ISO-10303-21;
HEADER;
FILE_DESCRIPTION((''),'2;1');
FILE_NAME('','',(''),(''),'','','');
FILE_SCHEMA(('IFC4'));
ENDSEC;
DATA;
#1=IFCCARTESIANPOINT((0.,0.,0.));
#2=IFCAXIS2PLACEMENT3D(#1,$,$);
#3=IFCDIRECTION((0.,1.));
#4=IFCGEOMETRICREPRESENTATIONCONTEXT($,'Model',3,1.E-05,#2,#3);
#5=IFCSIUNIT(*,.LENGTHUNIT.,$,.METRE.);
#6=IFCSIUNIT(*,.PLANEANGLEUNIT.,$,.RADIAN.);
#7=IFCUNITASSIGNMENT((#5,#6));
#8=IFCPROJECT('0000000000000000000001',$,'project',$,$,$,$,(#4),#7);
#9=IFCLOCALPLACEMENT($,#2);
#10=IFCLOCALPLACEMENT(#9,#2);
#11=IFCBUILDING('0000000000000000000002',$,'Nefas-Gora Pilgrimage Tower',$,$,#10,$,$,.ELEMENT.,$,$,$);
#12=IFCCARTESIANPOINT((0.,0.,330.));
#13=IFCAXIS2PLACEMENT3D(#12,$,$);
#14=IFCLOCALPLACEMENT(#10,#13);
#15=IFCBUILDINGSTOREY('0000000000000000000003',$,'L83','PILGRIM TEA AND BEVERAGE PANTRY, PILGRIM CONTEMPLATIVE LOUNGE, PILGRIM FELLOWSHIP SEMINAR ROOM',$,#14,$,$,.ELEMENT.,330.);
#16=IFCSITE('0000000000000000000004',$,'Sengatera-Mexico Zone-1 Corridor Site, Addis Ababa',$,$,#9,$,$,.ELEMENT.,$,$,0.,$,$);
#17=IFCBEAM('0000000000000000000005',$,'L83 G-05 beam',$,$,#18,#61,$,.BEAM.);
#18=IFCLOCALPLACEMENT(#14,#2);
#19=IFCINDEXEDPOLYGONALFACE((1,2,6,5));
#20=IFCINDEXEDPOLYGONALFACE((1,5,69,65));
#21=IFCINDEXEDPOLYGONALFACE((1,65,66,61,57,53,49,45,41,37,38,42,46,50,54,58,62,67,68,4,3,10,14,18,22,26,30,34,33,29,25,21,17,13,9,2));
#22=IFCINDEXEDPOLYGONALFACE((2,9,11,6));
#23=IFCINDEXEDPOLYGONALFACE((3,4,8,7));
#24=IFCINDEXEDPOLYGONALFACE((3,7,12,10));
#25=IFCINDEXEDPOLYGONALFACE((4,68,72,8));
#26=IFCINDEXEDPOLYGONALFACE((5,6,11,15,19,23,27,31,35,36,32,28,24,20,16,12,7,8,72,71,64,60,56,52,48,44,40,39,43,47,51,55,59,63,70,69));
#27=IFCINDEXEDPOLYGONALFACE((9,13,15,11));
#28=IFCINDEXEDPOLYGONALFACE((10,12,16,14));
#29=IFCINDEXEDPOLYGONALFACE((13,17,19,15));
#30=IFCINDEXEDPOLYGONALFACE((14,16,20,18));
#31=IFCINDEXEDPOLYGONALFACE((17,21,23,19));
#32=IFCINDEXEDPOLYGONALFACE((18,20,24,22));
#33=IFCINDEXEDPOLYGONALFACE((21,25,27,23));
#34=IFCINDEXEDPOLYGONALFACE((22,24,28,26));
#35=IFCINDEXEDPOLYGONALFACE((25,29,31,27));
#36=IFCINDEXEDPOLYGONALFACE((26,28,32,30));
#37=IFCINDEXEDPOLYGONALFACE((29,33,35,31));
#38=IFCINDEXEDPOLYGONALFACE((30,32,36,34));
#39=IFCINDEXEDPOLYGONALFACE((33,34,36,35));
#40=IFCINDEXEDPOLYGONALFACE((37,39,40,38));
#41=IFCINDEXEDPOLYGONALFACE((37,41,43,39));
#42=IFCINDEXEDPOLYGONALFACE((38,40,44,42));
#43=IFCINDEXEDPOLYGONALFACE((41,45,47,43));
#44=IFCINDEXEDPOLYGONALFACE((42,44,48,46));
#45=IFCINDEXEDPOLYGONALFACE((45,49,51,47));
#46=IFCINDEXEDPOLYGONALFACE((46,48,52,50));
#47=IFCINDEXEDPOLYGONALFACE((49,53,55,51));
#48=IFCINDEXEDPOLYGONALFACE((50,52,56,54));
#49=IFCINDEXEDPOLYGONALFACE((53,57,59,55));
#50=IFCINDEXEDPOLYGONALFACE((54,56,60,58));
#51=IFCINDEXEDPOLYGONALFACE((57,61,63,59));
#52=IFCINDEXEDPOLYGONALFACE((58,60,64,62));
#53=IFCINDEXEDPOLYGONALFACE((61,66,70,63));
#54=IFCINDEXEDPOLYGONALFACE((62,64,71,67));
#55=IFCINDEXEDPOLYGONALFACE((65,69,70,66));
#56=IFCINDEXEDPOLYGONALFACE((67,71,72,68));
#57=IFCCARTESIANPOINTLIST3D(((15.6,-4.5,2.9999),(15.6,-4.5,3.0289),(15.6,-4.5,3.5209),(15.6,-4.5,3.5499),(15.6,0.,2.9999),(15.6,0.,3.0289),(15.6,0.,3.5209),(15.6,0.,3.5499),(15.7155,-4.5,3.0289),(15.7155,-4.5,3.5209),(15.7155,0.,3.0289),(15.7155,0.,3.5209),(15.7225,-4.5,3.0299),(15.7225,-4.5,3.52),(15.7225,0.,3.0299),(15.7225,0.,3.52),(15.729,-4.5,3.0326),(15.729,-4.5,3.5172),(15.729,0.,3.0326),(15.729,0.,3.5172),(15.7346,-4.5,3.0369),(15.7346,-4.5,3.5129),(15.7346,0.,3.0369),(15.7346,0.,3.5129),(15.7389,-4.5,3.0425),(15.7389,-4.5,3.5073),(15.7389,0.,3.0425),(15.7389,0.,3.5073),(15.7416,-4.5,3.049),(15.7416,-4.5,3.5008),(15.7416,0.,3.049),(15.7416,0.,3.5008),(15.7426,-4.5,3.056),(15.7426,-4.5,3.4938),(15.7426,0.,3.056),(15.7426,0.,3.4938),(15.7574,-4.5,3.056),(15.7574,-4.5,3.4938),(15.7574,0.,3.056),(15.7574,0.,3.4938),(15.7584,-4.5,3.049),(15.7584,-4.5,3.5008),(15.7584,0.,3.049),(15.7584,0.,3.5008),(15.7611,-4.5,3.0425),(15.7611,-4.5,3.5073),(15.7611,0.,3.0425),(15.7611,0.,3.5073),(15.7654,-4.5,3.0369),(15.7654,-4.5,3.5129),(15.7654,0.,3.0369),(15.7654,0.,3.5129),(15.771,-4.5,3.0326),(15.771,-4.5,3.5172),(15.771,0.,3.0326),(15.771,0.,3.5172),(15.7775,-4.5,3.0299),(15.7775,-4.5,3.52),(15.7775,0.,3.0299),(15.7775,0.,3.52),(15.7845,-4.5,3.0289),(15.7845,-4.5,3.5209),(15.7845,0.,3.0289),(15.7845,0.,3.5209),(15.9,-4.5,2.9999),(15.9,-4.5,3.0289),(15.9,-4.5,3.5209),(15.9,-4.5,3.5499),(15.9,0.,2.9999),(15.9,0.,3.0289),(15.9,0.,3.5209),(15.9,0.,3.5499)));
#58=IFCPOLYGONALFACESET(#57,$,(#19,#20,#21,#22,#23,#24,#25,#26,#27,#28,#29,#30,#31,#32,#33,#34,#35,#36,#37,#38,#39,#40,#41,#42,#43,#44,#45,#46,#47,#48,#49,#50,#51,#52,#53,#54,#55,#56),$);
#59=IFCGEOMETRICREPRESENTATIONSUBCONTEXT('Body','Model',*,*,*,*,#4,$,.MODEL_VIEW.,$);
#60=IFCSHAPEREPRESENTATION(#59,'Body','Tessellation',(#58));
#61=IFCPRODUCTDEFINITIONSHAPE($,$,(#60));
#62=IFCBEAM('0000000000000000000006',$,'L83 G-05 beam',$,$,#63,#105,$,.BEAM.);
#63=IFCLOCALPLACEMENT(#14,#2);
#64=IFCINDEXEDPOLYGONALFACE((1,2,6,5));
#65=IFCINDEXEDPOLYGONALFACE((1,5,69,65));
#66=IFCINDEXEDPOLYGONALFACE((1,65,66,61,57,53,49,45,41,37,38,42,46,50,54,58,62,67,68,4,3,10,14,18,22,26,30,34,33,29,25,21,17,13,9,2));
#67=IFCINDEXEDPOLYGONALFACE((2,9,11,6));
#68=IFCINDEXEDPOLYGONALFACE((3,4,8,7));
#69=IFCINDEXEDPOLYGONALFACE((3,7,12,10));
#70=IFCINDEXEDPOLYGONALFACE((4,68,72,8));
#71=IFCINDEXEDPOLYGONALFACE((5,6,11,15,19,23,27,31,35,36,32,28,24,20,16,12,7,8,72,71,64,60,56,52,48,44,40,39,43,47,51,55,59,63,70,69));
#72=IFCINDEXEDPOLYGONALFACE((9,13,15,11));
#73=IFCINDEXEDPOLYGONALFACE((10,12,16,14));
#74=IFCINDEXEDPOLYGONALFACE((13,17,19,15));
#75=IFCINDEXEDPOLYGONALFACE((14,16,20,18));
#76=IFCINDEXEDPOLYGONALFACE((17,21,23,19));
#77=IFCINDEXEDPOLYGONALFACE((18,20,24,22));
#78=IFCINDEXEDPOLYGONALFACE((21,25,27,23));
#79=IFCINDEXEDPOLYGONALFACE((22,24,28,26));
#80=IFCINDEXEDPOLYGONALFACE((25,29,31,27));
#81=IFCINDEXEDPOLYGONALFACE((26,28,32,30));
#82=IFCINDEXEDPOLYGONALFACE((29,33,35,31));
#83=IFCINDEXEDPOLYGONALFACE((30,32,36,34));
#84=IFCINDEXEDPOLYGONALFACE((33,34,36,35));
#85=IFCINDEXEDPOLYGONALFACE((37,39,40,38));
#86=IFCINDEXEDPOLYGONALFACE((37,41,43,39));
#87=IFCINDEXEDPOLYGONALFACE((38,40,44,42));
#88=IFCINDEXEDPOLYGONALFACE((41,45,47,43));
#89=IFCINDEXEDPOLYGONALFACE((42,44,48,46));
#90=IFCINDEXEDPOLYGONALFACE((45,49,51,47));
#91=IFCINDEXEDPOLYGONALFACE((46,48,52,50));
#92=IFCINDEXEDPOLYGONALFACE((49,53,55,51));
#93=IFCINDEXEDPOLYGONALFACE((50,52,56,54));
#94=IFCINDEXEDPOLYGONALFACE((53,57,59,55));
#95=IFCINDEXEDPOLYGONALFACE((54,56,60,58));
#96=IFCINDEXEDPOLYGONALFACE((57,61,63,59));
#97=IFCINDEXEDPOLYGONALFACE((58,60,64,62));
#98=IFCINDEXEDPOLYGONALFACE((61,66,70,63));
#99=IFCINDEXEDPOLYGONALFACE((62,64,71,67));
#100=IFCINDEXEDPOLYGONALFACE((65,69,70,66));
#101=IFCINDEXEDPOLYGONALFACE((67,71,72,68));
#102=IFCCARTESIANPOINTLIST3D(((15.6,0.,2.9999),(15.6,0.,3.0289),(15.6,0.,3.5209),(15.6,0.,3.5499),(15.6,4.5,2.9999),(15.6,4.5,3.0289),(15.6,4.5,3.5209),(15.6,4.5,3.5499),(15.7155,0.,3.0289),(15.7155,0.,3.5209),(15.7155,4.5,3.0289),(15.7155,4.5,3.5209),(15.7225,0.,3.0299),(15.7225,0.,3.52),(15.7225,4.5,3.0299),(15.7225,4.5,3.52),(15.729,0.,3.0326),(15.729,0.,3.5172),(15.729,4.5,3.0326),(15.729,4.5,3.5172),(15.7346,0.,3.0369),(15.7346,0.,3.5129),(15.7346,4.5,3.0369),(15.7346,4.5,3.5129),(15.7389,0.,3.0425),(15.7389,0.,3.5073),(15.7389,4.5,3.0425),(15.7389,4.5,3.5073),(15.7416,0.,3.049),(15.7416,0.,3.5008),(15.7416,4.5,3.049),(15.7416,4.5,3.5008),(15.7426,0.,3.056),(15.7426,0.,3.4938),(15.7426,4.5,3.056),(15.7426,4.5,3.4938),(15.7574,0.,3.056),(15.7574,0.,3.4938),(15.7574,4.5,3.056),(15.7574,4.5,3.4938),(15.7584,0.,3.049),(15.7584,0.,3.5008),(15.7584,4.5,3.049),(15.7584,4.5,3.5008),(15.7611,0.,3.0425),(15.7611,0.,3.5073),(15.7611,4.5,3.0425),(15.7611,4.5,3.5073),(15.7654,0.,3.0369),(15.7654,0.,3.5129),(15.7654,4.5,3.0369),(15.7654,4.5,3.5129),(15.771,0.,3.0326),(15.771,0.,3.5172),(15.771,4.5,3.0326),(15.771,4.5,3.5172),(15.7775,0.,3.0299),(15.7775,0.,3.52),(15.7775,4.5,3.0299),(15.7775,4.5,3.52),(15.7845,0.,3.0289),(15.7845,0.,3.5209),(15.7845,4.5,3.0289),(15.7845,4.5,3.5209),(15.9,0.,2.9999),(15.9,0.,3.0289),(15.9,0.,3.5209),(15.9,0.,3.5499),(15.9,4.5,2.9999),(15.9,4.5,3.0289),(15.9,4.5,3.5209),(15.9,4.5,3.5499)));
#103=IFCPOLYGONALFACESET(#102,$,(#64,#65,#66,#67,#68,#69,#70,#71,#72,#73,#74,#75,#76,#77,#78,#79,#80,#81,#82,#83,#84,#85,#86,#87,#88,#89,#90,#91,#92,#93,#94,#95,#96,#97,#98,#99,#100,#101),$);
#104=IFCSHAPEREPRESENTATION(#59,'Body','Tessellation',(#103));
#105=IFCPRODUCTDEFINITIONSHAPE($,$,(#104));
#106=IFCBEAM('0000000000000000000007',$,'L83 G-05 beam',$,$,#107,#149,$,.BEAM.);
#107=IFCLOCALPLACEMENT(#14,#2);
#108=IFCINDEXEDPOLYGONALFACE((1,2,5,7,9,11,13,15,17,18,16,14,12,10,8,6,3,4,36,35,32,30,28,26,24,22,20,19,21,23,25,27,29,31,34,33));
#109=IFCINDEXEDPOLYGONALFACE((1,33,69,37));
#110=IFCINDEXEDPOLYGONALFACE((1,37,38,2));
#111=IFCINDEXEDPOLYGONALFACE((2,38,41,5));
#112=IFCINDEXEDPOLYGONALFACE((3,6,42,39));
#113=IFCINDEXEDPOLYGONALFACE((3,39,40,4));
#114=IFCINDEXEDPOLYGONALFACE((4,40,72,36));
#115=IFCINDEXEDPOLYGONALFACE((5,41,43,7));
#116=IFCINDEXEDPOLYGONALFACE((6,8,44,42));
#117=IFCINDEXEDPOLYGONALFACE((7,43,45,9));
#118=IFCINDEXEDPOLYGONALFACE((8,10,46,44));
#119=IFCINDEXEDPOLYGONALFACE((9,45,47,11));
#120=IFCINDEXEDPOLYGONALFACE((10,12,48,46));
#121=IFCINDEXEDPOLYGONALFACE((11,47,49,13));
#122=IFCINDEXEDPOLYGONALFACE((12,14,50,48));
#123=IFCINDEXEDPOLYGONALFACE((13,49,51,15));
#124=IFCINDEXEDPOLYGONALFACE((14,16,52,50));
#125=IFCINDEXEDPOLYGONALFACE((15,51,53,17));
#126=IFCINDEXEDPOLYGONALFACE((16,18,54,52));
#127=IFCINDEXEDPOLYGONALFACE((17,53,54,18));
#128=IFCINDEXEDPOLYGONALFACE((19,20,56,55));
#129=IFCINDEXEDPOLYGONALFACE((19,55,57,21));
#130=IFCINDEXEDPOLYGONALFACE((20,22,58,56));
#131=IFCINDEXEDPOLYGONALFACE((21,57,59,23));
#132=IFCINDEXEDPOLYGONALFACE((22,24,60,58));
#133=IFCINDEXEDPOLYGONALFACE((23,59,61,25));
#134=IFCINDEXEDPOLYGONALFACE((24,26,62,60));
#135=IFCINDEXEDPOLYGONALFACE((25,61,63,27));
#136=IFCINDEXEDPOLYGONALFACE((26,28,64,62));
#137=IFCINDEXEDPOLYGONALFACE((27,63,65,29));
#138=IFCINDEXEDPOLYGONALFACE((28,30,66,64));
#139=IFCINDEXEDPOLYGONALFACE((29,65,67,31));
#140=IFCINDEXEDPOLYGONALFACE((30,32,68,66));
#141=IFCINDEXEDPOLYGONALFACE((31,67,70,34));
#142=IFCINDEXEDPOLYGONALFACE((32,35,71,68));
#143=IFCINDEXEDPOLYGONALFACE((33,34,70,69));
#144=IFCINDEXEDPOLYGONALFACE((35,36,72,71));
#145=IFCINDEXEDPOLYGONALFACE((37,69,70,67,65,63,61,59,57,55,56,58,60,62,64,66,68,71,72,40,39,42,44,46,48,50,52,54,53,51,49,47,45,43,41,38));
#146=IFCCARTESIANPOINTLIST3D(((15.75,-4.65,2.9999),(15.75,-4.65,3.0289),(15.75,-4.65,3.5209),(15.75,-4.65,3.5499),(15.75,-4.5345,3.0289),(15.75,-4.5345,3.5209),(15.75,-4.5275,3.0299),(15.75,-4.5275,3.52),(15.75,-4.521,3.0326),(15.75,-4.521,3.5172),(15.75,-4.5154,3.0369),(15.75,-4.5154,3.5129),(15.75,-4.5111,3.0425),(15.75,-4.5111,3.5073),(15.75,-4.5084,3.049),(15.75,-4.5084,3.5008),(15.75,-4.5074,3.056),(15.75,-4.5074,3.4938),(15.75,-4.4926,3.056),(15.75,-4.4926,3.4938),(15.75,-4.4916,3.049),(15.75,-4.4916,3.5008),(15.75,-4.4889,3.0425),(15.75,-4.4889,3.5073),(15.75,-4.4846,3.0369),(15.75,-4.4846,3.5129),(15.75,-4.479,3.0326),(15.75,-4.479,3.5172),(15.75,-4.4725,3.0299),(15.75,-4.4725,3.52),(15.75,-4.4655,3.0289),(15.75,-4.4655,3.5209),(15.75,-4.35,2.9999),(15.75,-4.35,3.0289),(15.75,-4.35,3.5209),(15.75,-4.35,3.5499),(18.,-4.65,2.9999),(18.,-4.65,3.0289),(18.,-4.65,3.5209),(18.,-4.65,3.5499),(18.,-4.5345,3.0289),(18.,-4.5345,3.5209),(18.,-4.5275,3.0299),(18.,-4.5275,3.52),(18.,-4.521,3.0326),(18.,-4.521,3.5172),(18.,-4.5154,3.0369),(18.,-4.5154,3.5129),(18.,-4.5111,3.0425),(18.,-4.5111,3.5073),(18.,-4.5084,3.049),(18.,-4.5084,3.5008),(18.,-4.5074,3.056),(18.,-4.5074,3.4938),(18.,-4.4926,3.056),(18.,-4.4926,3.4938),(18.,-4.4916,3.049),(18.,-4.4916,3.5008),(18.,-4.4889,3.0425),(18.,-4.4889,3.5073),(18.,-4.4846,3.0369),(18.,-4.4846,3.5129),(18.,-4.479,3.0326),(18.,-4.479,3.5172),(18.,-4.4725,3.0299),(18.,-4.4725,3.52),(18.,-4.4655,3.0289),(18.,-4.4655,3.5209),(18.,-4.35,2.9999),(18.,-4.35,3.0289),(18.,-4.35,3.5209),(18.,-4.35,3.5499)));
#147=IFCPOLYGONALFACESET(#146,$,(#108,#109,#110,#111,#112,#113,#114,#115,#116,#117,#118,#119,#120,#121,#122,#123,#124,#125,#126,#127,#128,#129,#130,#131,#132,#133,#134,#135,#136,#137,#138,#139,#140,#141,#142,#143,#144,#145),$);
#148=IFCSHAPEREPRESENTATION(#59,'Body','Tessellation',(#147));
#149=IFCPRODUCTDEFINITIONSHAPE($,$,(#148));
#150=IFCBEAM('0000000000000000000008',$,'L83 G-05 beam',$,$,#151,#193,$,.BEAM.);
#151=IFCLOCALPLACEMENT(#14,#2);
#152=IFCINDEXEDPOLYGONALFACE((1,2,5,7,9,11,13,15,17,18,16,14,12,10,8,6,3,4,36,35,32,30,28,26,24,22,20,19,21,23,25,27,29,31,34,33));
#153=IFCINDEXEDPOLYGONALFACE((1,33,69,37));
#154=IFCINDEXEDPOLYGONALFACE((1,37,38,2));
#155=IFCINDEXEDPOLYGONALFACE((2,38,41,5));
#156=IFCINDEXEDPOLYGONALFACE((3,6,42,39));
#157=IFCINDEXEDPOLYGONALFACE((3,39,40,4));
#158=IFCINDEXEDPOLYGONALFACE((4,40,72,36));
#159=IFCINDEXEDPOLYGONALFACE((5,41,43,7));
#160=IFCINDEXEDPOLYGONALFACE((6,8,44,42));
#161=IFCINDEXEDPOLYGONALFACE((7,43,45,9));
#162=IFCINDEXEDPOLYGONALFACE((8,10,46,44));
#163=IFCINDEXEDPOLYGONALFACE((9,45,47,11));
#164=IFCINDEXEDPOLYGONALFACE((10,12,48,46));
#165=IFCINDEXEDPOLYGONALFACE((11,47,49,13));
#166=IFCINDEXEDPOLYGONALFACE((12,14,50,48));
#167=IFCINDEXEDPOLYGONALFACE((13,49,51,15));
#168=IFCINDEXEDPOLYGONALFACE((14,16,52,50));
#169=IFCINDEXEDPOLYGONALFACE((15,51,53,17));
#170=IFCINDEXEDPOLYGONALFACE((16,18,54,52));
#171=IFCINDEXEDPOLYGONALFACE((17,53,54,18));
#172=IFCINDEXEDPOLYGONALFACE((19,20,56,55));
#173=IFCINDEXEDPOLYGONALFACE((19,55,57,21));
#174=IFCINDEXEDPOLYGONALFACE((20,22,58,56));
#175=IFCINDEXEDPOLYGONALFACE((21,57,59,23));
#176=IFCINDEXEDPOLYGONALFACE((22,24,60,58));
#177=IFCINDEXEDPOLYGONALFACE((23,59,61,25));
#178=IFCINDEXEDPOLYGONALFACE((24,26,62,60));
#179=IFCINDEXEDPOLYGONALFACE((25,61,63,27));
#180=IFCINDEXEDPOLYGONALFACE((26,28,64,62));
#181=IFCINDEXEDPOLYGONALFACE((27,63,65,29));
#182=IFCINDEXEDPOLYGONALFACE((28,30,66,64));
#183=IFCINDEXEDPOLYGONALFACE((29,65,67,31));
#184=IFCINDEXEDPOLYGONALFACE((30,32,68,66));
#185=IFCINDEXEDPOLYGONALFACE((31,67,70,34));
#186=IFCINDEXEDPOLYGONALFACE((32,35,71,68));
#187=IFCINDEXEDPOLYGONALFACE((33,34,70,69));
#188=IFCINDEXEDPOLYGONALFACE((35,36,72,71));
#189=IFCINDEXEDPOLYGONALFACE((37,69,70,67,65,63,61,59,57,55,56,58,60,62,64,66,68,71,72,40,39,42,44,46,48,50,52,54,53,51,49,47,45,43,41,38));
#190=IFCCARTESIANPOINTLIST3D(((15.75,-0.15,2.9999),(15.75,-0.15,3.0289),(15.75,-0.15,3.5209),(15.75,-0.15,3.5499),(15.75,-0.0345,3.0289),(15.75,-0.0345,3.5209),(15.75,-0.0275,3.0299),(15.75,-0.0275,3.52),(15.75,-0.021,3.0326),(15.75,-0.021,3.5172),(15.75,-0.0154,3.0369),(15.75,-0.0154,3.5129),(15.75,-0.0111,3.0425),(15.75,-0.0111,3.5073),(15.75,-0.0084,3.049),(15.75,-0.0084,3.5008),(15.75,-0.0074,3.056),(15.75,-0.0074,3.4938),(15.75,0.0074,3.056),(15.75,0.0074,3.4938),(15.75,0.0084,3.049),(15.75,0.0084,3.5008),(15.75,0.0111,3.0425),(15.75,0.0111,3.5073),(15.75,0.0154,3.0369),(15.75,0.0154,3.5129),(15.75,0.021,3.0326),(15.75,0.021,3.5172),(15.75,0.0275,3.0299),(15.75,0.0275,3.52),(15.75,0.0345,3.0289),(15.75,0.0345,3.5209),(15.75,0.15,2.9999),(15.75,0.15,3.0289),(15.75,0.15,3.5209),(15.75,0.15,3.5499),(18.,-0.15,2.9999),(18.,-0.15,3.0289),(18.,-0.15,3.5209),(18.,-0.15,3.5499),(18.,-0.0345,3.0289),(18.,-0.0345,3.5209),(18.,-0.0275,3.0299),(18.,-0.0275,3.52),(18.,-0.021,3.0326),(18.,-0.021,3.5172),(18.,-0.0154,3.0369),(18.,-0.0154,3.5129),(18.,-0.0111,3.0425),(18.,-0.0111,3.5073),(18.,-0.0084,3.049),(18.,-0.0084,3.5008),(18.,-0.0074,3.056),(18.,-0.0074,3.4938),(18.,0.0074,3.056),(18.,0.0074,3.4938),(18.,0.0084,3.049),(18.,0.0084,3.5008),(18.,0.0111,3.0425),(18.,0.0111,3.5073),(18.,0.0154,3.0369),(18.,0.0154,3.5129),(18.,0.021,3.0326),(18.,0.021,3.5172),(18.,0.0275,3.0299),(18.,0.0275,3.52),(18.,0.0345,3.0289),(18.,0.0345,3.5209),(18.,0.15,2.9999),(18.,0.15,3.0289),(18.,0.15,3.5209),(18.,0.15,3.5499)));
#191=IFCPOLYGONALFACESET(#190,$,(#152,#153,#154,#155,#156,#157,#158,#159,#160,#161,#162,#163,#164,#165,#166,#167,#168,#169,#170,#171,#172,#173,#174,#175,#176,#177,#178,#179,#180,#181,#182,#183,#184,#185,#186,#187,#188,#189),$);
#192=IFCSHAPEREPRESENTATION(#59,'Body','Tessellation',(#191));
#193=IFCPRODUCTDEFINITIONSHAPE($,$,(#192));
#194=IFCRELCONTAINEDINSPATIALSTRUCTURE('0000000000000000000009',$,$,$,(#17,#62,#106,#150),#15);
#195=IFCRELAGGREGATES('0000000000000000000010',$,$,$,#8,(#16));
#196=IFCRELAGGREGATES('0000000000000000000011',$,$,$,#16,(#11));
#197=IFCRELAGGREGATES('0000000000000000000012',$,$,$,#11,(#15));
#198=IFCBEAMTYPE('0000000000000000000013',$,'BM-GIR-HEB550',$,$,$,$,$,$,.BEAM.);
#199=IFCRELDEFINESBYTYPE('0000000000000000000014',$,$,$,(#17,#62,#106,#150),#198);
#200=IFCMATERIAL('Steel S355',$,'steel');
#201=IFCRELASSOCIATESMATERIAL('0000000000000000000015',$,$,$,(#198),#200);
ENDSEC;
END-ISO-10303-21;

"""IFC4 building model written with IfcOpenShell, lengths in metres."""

from ifc_helpers import new_model, si_unit, direction, frame, origin, origin_2d, place, context, subcontext, project, spatial, i_section, extrude, source, transform, mapped, material, material_profile, profile_set, type_object, element, save


model = new_model("IFC4")

# Units and contexts
model_context = context("Model", 3, precision=1e-05, world=origin(), true_north=direction((0.0, 1.0)))
body_context = subcontext(model_context, "Body", "Model", "MODEL_VIEW")
ifc_project = project(units=[si_unit("LENGTHUNIT", "METRE"), si_unit("PLANEANGLEUNIT", "RADIAN")], contexts=[model_context])

# Site, building, storey
site_placement = place(None, origin())
site = spatial("IfcSite", under=ifc_project, at=site_placement, Name="Sengatera-Mexico Zone-1 Corridor Site, Addis Ababa", CompositionType="ELEMENT", RefElevation=0.0)
building_placement = place(site_placement, origin())
building = spatial("IfcBuilding", under=site, at=building_placement, Name="Nefas-Gora Pilgrimage Tower", CompositionType="ELEMENT")
storey_placement = place(building_placement, frame((0.0, 0.0, 330.0)))
storey = spatial("IfcBuildingStorey", under=building, at=storey_placement, Name="L83", Description="PILGRIM TEA AND BEVERAGE PANTRY, PILGRIM CONTEMPLATIVE LOUNGE, PILGRIM FELLOWSHIP SEMINAR ROOM", CompositionType="ELEMENT", Elevation=330.0)

# Shared definitions
ifc_material_1 = material(Name="Steel S355", Category="steel")

# Beams
ifc_material_profile_1 = material_profile(ifc_material_1, i_section(OverallWidth=0.3, OverallDepth=0.55, WebThickness=0.0149, FlangeThickness=0.0291, FilletRadius=0.0271, at=origin_2d()), Name="HEB 550")
ifc_profile_set_1 = profile_set([ifc_material_profile_1], Name="Steel S355")
beam_type_1 = type_object("IfcBeamType", Name="BM-GIR-HEB550", PredefinedType="BEAM", material=ifc_profile_set_1)
shared_shape_1 = source(origin(), body_context, "Body", "SweptSolid", [
    extrude(i_section(OverallWidth=0.3, OverallDepth=0.55, WebThickness=0.0149, FlangeThickness=0.0291, FilletRadius=0.0271, at=origin_2d()), origin(), (0.0, 0.0, 1.0), 4.5),
])
for number, where, z_axis, x_axis, name in (
    (1, (15.75, -4.5, 3.2749), (0.0, 1.0, 0.0), (-1.0, 0.0, 0.0), "L83 G-05 beam"),
    (2, (15.75, 0.0, 3.2749), (0.0, 1.0, 0.0), (-1.0, 0.0, 0.0), "L83 G-05 beam"),
):
    element("IfcBeam", number, at=place(storey_placement, frame(where, z_axis=z_axis, x_axis=x_axis)), inside=storey, type_object=beam_type_1, Name=name, PredefinedType="BEAM", context=body_context, shape_type="MappedRepresentation", body=[
        mapped(shared_shape_1, transform((0.0, 0.0, 0.0), x_axis=(1.0, 0.0, 0.0), y_axis=(0.0, 1.0, 0.0), z_axis=(0.0, 0.0, 1.0), scale=1.0)),
    ])
shared_shape_2 = source(origin(), body_context, "Body", "SweptSolid", [
    extrude(i_section(OverallWidth=0.3, OverallDepth=0.55, WebThickness=0.0149, FlangeThickness=0.0291, FilletRadius=0.0271, at=origin_2d()), origin(), (0.0, 0.0, 1.0), 2.25),
])
for number, where, z_axis, x_axis, name in (
    (3, (15.75, -4.5, 3.2749), (1.0, 0.0, 0.0), (0.0, 1.0, 0.0), "L83 G-05 beam"),
    (4, (15.75, 0.0, 3.2749), (1.0, 0.0, 0.0), (0.0, 1.0, 0.0), "L83 G-05 beam"),
):
    element("IfcBeam", number, at=place(storey_placement, frame(where, z_axis=z_axis, x_axis=x_axis)), inside=storey, type_object=beam_type_1, Name=name, PredefinedType="BEAM", context=body_context, shape_type="MappedRepresentation", body=[
        mapped(shared_shape_2, transform((0.0, 0.0, 0.0), x_axis=(1.0, 0.0, 0.0), y_axis=(0.0, 1.0, 0.0), z_axis=(0.0, 0.0, 1.0), scale=1.0)),
    ])

save(model, "model.ifc")
